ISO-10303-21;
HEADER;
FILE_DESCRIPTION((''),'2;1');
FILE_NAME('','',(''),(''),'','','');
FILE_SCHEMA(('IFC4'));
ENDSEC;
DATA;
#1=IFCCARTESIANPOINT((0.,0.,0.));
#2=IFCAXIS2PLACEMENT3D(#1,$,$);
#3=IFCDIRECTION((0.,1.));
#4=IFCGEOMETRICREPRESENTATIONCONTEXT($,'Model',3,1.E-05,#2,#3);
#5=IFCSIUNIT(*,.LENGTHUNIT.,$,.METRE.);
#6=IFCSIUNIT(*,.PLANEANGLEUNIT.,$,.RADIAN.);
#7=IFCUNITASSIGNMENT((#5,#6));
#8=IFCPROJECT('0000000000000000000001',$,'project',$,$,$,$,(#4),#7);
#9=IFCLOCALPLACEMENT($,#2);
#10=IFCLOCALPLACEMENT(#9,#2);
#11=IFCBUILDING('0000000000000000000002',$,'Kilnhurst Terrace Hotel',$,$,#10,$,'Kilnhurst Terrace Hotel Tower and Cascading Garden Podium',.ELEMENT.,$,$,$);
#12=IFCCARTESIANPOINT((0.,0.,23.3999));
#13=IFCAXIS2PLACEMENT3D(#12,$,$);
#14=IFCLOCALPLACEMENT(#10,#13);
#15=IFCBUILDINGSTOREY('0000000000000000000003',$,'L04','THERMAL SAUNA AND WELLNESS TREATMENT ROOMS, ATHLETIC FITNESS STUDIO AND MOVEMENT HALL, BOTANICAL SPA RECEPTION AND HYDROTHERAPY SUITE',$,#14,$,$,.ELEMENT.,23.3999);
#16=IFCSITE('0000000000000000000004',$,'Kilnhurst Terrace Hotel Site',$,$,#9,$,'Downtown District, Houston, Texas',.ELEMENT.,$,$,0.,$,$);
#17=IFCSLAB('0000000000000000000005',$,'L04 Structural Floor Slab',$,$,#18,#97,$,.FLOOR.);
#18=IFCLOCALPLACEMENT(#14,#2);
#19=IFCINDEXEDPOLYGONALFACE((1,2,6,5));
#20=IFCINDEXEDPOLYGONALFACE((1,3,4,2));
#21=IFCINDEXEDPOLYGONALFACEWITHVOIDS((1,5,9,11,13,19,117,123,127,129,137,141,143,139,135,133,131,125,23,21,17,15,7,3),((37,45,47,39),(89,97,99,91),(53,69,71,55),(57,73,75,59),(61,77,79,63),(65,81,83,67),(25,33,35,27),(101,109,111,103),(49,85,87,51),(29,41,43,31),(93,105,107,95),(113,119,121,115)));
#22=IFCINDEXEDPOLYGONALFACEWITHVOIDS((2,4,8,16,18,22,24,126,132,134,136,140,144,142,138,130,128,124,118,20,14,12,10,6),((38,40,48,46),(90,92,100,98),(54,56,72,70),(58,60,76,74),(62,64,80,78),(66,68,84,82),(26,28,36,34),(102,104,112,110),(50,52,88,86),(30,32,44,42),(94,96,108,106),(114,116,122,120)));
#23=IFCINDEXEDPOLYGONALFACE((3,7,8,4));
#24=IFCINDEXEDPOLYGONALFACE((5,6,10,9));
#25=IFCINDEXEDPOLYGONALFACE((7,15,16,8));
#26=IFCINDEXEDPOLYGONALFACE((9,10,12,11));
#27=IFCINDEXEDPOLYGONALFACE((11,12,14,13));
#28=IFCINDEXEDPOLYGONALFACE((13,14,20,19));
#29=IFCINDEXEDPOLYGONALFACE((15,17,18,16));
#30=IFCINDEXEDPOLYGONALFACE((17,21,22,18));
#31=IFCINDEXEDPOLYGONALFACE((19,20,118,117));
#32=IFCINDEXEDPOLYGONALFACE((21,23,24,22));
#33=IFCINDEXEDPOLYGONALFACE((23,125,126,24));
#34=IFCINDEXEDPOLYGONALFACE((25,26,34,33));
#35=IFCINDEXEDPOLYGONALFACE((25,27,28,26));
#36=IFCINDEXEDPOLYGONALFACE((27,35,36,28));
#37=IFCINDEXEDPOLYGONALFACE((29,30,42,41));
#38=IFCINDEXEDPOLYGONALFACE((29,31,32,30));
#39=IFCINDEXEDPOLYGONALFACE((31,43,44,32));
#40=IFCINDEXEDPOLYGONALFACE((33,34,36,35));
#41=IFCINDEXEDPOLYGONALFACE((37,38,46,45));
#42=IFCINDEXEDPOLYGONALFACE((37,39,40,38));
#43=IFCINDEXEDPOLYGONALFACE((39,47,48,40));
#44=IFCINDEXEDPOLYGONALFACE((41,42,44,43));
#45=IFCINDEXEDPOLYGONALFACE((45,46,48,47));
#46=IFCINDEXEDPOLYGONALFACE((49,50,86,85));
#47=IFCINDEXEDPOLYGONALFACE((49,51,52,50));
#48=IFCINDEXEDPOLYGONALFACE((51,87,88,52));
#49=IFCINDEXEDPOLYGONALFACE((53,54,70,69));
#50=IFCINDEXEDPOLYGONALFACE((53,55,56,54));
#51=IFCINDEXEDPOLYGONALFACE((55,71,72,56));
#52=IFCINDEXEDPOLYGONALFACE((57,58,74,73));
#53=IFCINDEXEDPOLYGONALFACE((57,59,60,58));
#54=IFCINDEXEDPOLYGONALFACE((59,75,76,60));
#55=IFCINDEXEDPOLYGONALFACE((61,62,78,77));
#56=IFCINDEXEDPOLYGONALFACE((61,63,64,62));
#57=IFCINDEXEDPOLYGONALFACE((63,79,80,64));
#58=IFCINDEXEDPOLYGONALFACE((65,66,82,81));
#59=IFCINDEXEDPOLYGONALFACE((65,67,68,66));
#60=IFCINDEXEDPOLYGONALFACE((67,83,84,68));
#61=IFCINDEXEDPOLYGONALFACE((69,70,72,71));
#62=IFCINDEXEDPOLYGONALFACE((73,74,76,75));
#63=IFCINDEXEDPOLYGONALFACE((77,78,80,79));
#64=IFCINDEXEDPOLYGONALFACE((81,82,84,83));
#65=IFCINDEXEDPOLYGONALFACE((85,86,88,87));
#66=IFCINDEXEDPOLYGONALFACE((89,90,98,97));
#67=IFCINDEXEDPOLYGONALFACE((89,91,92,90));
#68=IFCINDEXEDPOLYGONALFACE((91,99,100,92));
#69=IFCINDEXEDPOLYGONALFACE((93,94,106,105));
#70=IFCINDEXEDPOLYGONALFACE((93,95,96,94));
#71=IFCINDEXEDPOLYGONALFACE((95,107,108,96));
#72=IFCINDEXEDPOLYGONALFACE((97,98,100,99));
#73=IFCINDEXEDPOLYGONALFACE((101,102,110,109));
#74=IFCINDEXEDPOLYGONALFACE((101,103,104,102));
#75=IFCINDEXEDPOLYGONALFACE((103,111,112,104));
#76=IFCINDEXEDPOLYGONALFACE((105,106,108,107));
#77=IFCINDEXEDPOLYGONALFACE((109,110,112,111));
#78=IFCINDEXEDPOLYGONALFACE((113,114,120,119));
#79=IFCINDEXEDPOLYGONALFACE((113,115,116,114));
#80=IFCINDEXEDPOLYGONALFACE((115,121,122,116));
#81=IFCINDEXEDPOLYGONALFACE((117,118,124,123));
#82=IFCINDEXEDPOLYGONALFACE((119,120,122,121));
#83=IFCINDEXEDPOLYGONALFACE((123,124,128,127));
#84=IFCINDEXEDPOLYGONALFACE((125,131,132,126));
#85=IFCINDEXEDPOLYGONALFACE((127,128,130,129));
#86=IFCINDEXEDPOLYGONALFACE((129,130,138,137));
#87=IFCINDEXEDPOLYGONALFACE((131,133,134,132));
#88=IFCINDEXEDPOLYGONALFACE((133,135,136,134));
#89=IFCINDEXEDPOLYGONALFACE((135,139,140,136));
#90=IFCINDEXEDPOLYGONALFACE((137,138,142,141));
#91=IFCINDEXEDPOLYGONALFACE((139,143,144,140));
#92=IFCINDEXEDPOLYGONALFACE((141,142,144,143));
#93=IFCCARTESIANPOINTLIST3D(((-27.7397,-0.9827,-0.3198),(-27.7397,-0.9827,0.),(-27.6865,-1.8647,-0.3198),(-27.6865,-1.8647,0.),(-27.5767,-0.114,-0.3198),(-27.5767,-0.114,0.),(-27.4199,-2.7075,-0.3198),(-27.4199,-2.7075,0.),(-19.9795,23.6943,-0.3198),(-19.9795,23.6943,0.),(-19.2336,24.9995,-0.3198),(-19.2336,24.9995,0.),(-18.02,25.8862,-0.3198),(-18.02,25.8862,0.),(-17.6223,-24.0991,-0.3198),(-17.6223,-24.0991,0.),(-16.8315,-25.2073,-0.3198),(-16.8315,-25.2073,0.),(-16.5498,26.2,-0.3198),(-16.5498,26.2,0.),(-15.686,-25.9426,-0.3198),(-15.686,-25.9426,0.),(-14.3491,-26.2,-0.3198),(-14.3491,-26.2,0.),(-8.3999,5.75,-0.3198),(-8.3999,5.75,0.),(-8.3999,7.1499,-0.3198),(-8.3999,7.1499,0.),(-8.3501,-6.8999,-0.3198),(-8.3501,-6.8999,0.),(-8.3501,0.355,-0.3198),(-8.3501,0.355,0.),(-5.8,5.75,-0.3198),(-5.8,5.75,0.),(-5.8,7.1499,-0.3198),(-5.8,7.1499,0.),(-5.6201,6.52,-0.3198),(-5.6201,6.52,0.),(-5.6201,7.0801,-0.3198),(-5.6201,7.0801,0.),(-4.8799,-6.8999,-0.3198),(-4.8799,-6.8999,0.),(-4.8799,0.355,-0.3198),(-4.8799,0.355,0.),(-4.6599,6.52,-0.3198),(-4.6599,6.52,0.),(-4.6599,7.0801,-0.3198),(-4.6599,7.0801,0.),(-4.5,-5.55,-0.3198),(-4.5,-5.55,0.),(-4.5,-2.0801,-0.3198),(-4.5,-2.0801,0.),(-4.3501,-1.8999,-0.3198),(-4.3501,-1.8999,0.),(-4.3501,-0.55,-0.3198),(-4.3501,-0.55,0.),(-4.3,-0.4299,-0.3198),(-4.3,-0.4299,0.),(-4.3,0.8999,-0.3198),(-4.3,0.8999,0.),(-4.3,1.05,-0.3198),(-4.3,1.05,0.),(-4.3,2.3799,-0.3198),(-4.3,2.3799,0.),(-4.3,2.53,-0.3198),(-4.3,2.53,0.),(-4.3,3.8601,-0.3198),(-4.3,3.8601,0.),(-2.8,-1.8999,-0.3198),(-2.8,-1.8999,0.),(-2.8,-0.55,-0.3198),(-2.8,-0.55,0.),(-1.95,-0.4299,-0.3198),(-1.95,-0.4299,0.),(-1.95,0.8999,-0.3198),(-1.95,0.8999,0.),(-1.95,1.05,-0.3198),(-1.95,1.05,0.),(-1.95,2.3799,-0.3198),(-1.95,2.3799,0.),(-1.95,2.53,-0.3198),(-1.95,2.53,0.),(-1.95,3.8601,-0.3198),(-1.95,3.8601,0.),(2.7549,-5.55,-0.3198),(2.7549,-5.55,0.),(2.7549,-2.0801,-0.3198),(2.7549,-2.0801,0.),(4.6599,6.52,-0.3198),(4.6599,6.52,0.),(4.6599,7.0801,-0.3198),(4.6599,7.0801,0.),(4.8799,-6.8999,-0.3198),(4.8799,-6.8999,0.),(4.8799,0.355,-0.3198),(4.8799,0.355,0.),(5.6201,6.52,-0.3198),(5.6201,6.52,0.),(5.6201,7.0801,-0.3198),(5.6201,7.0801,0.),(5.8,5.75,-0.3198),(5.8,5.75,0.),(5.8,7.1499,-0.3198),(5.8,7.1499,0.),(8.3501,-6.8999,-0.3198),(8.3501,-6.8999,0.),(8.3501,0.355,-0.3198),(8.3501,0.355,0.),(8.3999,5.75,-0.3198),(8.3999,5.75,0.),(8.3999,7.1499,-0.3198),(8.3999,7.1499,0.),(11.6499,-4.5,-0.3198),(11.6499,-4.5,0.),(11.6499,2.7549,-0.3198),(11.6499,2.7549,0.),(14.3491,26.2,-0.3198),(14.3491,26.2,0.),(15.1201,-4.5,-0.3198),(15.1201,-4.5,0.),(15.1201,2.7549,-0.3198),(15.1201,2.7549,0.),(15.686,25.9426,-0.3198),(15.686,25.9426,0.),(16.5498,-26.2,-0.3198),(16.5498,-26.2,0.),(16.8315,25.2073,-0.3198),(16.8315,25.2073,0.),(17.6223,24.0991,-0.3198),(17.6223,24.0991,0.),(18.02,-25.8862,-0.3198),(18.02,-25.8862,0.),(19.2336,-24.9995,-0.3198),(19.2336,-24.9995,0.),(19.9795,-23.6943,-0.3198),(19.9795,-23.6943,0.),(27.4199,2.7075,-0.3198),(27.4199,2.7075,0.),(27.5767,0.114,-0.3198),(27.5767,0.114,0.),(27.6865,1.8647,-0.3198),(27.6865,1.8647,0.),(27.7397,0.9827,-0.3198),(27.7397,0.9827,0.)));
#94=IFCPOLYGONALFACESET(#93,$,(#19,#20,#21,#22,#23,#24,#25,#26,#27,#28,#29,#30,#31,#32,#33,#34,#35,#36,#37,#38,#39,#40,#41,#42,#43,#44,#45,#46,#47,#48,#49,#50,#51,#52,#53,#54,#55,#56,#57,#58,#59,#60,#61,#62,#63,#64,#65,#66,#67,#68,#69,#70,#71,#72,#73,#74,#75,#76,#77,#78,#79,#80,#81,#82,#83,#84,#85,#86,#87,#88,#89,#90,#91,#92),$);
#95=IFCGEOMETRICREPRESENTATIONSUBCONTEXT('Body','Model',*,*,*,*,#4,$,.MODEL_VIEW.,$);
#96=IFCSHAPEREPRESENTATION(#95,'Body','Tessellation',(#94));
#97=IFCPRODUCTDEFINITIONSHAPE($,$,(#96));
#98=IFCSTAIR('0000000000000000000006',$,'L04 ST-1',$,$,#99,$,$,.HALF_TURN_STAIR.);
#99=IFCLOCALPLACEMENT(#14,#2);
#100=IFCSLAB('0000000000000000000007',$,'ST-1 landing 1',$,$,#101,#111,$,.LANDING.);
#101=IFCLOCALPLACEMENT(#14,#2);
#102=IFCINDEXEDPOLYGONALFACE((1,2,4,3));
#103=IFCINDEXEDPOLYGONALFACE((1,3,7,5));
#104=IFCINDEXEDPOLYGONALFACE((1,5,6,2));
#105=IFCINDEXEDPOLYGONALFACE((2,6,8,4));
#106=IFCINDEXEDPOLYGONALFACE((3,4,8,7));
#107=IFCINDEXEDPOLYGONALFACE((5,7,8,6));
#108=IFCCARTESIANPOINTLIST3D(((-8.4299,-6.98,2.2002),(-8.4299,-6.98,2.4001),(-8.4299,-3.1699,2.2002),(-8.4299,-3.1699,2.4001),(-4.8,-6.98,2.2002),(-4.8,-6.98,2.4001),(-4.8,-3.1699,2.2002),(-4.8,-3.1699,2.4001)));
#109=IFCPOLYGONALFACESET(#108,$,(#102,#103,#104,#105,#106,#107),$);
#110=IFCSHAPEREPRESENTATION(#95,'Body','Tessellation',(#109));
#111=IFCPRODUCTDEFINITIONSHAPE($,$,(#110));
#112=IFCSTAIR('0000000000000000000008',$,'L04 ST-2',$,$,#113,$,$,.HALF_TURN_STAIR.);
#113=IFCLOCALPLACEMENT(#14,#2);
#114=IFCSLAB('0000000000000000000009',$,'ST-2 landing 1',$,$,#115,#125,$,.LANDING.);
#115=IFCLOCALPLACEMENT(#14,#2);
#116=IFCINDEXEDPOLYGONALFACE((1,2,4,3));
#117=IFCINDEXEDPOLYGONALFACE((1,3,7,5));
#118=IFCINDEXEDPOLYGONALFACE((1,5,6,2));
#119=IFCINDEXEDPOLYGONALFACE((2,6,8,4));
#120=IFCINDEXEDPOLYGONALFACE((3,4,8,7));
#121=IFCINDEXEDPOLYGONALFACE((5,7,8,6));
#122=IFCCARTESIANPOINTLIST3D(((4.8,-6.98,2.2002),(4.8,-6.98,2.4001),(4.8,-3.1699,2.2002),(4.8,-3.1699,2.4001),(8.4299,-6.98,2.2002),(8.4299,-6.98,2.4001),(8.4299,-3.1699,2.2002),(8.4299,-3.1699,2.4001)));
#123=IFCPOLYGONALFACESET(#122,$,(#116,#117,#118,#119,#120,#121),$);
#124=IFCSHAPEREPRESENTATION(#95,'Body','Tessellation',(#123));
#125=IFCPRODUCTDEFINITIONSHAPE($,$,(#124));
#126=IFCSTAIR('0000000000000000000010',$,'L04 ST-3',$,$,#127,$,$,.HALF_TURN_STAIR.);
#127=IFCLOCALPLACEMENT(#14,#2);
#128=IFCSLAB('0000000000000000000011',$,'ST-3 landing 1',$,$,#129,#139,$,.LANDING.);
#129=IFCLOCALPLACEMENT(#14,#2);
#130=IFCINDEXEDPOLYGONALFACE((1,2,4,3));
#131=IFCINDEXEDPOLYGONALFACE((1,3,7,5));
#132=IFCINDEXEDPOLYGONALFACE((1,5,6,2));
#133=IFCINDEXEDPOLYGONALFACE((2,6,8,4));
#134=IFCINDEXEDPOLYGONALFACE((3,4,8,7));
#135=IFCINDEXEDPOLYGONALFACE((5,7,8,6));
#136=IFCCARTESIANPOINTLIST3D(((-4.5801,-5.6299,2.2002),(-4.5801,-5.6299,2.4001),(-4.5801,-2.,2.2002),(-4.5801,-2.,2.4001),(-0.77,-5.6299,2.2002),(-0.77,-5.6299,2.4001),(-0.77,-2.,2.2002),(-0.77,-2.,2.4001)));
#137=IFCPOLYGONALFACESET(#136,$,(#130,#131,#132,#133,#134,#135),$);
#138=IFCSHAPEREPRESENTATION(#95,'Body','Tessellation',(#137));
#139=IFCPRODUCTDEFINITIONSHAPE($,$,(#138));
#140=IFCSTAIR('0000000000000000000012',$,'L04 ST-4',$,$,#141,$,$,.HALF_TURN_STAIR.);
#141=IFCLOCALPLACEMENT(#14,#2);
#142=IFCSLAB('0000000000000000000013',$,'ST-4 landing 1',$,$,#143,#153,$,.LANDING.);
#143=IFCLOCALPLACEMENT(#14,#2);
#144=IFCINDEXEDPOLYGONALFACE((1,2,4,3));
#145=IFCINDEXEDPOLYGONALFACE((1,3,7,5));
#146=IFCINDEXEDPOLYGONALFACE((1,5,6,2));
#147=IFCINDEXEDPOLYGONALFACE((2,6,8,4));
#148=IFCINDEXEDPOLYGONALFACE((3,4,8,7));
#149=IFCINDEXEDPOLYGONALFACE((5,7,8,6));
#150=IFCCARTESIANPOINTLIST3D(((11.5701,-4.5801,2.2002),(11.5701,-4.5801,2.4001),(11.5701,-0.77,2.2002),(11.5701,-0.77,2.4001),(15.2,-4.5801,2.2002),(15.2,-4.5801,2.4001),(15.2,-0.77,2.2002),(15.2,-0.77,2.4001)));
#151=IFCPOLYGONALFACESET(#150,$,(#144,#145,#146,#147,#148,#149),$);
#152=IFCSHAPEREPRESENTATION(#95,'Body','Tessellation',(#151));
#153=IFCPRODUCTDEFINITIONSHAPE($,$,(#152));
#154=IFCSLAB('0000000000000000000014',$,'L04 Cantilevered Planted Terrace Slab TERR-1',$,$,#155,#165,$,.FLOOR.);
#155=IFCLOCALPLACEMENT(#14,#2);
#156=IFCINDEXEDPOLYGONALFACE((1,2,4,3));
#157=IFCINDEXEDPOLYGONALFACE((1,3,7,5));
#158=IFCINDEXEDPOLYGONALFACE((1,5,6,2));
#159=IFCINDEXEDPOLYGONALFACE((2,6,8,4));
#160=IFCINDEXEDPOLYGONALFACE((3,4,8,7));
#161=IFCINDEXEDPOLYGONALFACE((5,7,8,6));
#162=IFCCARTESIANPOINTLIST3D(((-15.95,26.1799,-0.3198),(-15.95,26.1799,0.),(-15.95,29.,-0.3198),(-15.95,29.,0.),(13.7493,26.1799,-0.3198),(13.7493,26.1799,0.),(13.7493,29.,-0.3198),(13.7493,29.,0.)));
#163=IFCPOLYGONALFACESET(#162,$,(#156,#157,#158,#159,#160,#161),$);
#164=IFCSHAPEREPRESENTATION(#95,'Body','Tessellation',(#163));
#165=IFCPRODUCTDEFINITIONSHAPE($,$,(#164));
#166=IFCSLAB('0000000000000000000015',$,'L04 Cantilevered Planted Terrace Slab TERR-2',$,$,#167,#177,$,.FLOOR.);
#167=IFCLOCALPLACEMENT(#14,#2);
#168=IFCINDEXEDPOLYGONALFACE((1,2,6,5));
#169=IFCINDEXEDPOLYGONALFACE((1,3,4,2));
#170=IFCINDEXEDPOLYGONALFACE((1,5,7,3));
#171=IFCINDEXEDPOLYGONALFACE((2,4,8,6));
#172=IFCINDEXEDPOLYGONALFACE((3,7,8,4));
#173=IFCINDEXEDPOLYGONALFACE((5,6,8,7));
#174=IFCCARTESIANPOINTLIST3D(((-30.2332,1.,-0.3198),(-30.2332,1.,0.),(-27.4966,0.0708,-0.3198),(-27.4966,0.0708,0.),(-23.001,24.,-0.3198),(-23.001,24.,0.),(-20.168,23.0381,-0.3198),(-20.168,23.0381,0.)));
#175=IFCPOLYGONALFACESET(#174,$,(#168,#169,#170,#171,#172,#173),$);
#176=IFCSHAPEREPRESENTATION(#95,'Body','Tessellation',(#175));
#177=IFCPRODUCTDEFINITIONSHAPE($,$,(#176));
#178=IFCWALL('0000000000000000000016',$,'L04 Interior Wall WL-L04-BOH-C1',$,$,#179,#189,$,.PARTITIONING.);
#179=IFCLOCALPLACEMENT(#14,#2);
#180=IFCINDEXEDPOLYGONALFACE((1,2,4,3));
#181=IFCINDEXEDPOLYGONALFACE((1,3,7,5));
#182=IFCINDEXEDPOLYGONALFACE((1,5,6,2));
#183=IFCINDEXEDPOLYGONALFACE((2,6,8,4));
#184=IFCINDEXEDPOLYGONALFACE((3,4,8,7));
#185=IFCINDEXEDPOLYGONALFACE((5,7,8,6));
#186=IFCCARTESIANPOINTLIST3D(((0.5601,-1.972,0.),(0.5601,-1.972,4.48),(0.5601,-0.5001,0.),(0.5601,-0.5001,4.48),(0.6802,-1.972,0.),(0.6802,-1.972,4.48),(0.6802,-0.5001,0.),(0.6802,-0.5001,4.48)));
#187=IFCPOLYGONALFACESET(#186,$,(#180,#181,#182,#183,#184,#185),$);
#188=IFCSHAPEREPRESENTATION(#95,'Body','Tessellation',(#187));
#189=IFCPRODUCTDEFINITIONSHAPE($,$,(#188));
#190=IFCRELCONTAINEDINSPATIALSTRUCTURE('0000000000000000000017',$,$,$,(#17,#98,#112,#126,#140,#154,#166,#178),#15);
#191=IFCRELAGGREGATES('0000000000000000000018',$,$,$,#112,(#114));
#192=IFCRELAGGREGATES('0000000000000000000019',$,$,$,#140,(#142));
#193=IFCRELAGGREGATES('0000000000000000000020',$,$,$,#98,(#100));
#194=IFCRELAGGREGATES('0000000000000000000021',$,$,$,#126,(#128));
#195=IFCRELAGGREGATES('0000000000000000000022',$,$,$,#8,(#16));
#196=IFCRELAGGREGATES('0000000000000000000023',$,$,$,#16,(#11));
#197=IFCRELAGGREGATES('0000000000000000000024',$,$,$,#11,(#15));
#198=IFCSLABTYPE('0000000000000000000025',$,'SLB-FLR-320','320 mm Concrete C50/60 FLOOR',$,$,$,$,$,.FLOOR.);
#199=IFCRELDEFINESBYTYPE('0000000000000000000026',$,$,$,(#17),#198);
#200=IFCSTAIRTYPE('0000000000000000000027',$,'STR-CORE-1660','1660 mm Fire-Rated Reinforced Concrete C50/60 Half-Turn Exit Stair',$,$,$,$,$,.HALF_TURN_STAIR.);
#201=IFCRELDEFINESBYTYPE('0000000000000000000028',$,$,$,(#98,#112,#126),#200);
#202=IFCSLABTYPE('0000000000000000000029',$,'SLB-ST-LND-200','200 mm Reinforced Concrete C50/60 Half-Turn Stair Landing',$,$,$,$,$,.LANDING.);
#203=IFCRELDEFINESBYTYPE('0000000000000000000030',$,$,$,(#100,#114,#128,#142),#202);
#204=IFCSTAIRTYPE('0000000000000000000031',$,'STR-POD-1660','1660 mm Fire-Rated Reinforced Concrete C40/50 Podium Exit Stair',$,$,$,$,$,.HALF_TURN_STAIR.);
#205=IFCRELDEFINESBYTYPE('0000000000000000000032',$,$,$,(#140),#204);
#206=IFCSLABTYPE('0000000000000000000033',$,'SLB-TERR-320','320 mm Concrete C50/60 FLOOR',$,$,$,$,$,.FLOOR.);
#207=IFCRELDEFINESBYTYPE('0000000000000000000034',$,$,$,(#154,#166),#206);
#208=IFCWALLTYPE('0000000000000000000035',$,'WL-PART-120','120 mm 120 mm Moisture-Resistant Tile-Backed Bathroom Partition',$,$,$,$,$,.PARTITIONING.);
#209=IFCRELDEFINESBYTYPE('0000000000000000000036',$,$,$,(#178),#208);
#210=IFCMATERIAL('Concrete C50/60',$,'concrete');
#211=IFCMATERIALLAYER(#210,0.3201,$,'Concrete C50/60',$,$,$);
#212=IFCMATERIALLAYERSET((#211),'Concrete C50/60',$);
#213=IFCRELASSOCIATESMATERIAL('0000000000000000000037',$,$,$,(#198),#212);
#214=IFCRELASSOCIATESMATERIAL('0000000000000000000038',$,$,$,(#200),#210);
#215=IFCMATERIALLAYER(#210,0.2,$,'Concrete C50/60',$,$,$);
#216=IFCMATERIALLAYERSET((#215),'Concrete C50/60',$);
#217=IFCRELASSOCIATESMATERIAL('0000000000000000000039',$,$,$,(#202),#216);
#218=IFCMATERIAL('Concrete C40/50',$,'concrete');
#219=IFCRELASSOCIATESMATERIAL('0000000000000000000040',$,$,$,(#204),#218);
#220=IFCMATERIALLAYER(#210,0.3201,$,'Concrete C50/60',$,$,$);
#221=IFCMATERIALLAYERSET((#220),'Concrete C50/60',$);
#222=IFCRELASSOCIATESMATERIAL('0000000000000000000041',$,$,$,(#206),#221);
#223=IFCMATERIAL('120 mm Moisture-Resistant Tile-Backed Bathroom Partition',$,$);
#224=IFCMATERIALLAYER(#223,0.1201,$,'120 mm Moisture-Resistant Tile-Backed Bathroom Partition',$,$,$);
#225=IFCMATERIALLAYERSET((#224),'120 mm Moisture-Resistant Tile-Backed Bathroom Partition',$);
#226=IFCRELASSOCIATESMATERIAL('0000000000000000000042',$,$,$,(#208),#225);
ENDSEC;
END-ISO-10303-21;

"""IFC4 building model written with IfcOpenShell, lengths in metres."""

from ifc_helpers import new_model, si_unit, direction, frame, frame_2d, origin, place, context, subcontext, project, spatial, polyline, rectangle, outline, extrude, material, layer, layer_set, type_object, element, aggregate, save


model = new_model("IFC4")

# Units and contexts
model_context = context("Model", 3, precision=1e-05, world=origin(), true_north=direction((0.0, 1.0)))
body_context = subcontext(model_context, "Body", "Model", "MODEL_VIEW")
ifc_project = project(units=[si_unit("LENGTHUNIT", "METRE"), si_unit("PLANEANGLEUNIT", "RADIAN")], contexts=[model_context])

# Site, building, storey
site_placement = place(None, origin())
site = spatial("IfcSite", under=ifc_project, at=site_placement, Name="Kilnhurst Terrace Hotel Site", LongName="Downtown District, Houston, Texas", CompositionType="ELEMENT", RefElevation=0.0)
building_placement = place(site_placement, origin())
building = spatial("IfcBuilding", under=site, at=building_placement, Name="Kilnhurst Terrace Hotel", LongName="Kilnhurst Terrace Hotel Tower and Cascading Garden Podium", CompositionType="ELEMENT")
storey_placement = place(building_placement, frame((0.0, 0.0, 23.3999)))
storey = spatial("IfcBuildingStorey", under=building, at=storey_placement, Name="L04", Description="THERMAL SAUNA AND WELLNESS TREATMENT ROOMS, ATHLETIC FITNESS STUDIO AND MOVEMENT HALL, BOTANICAL SPA RECEPTION AND HYDROTHERAPY SUITE", CompositionType="ELEMENT", Elevation=23.3999)

# Slab
ifc_material_1 = material(Name="Concrete C50/60", Category="concrete")
ifc_layer_1 = layer(ifc_material_1, 0.3201, Name="Concrete C50/60")
ifc_layer_set_1 = layer_set([ifc_layer_1], Name="Concrete C50/60")
slab_type_1 = type_object("IfcSlabType", Name="SLB-FLR-320", Description="320 mm Concrete C50/60 FLOOR", PredefinedType="FLOOR", material=ifc_layer_set_1)
slab_1_placement = place(storey_placement, frame((0.0, 0.0, -0.3198)))
element("IfcSlab", 1, at=slab_1_placement, inside=storey, type_object=slab_type_1, Name="L04 Structural Floor Slab", PredefinedType="FLOOR", context=body_context, shape_type="SweptSolid", body=[
    extrude(outline(polyline([(-17.6223, -24.0991), (-16.8315, -25.2073), (-15.686, -25.9426), (-14.3491, -26.2), (16.5498, -26.2), (18.02, -25.8862), (19.2336, -24.9995), (19.9795, -23.6943), (27.5767, 0.114), (27.7397, 0.9827), (27.6865, 1.8647), (27.4199, 2.7075), (17.6223, 24.0991), (16.8315, 25.2073), (15.686, 25.9426), (14.3491, 26.2), (-16.5498, 26.2), (-18.02, 25.8862), (-19.2336, 24.9995), (-19.9795, 23.6943), (-27.5767, -0.114), (-27.7397, -0.9827), (-27.6865, -1.8647), (-27.4199, -2.7075), (-17.6223, -24.0991)]), holes=[polyline([(-8.3501, 0.355), (-4.8799, 0.355), (-4.8799, -6.8999), (-8.3501, -6.8999), (-8.3501, 0.355)]), polyline([(-4.3501, -1.8999), (-4.3501, -0.55), (-2.8, -0.55), (-2.8, -1.8999), (-4.3501, -1.8999)]), polyline([(-4.3, -0.4299), (-4.3, 0.8999), (-1.95, 0.8999), (-1.95, -0.4299), (-4.3, -0.4299)]), polyline([(-1.95, 1.05), (-4.3, 1.05), (-4.3, 2.3799), (-1.95, 2.3799), (-1.95, 1.05)]), polyline([(-8.3999, 5.75), (-8.3999, 7.1499), (-5.8, 7.1499), (-5.8, 5.75), (-8.3999, 5.75)]), polyline([(-5.6201, 6.52), (-5.6201, 7.0801), (-4.6599, 7.0801), (-4.6599, 6.52), (-5.6201, 6.52)]), polyline([(2.7549, -2.0801), (2.7549, -5.55), (-4.5, -5.55), (-4.5, -2.0801), (2.7549, -2.0801)]), polyline([(8.3501, 0.355), (8.3501, -6.8999), (4.8799, -6.8999), (4.8799, 0.355), (8.3501, 0.355)]), polyline([(15.1201, 2.7549), (15.1201, -4.5), (11.6499, -4.5), (11.6499, 2.7549), (15.1201, 2.7549)]), polyline([(-1.95, 2.53), (-4.3, 2.53), (-4.3, 3.8601), (-1.95, 3.8601), (-1.95, 2.53)]), polyline([(5.8, 5.75), (5.8, 7.1499), (8.3999, 7.1499), (8.3999, 5.75), (5.8, 5.75)]), polyline([(4.6599, 6.52), (4.6599, 7.0801), (5.6201, 7.0801), (5.6201, 6.52), (4.6599, 6.52)])]), origin(), (0.0, 0.0, 1.0), 0.3198),
])

# Stairs, slabs
stair_type_1 = type_object("IfcStairType", Name="STR-CORE-1660", Description="1660 mm Fire-Rated Reinforced Concrete C50/60 Half-Turn Exit Stair", PredefinedType="HALF_TURN_STAIR", material=ifc_material_1)
stair_1_placement = place(storey_placement, origin())
stair_1 = element("IfcStair", 2, at=stair_1_placement, inside=storey, type_object=stair_type_1, Name="L04 ST-1", PredefinedType="HALF_TURN_STAIR")
ifc_layer_2 = layer(ifc_material_1, 0.2, Name="Concrete C50/60")
ifc_layer_set_2 = layer_set([ifc_layer_2], Name="Concrete C50/60")
slab_type_2 = type_object("IfcSlabType", Name="SLB-ST-LND-200", Description="200 mm Reinforced Concrete C50/60 Half-Turn Stair Landing", PredefinedType="LANDING", material=ifc_layer_set_2)
slab_2_placement = place(storey_placement, frame((0.0, 0.0, 2.2002)))
slab_2 = element("IfcSlab", 3, at=slab_2_placement, type_object=slab_type_2, Name="ST-1 landing 1", PredefinedType="LANDING", context=body_context, shape_type="SweptSolid", body=[
    extrude(outline(polyline([(-8.4299, -3.1699), (-4.8, -3.1699), (-4.8, -6.98), (-8.4299, -6.98), (-8.4299, -3.1699)])), origin(), (0.0, 0.0, 1.0), 0.2),
])
stair_2_placement = place(storey_placement, origin())
stair_2 = element("IfcStair", 4, at=stair_2_placement, inside=storey, type_object=stair_type_1, Name="L04 ST-2", PredefinedType="HALF_TURN_STAIR")
slab_3_placement = place(storey_placement, frame((0.0, 0.0, 2.2002)))
slab_3 = element("IfcSlab", 5, at=slab_3_placement, type_object=slab_type_2, Name="ST-2 landing 1", PredefinedType="LANDING", context=body_context, shape_type="SweptSolid", body=[
    extrude(outline(polyline([(4.8, -3.1699), (8.4299, -3.1699), (8.4299, -6.98), (4.8, -6.98), (4.8, -3.1699)])), origin(), (0.0, 0.0, 1.0), 0.2),
])
aggregate(stair_2, [slab_3])
stair_3_placement = place(storey_placement, origin())
stair_3 = element("IfcStair", 6, at=stair_3_placement, inside=storey, type_object=stair_type_1, Name="L04 ST-3", PredefinedType="HALF_TURN_STAIR")
slab_4_placement = place(storey_placement, frame((0.0, 0.0, 2.2002)))
slab_4 = element("IfcSlab", 7, at=slab_4_placement, type_object=slab_type_2, Name="ST-3 landing 1", PredefinedType="LANDING", context=body_context, shape_type="SweptSolid", body=[
    extrude(outline(polyline([(-0.77, -2.0), (-0.77, -5.6299), (-4.5801, -5.6299), (-4.5801, -2.0), (-0.77, -2.0)])), origin(), (0.0, 0.0, 1.0), 0.2),
])
ifc_material_2 = material(Name="Concrete C40/50", Category="concrete")
stair_type_2 = type_object("IfcStairType", Name="STR-POD-1660", Description="1660 mm Fire-Rated Reinforced Concrete C40/50 Podium Exit Stair", PredefinedType="HALF_TURN_STAIR", material=ifc_material_2)
stair_4_placement = place(storey_placement, origin())
stair_4 = element("IfcStair", 8, at=stair_4_placement, inside=storey, type_object=stair_type_2, Name="L04 ST-4", PredefinedType="HALF_TURN_STAIR")
slab_5_placement = place(storey_placement, frame((0.0, 0.0, 2.2002)))
slab_5 = element("IfcSlab", 9, at=slab_5_placement, type_object=slab_type_2, Name="ST-4 landing 1", PredefinedType="LANDING", context=body_context, shape_type="SweptSolid", body=[
    extrude(outline(polyline([(11.5701, -0.77), (15.2, -0.77), (15.2, -4.5801), (11.5701, -4.5801), (11.5701, -0.77)])), origin(), (0.0, 0.0, 1.0), 0.2),
])
aggregate(stair_4, [slab_5])

# Slabs
ifc_layer_3 = layer(ifc_material_1, 0.3201, Name="Concrete C50/60")
ifc_layer_set_3 = layer_set([ifc_layer_3], Name="Concrete C50/60")
slab_type_3 = type_object("IfcSlabType", Name="SLB-TERR-320", Description="320 mm Concrete C50/60 FLOOR", PredefinedType="FLOOR", material=ifc_layer_set_3)
slab_6_placement = place(storey_placement, frame((0.0, 0.0, -0.3198)))
element("IfcSlab", 10, at=slab_6_placement, inside=storey, type_object=slab_type_3, Name="L04 Cantilevered Planted Terrace Slab TERR-1", PredefinedType="FLOOR", context=body_context, shape_type="SweptSolid", body=[
    extrude(outline(polyline([(13.7493, 29.0), (13.7493, 26.1799), (-15.95, 26.1799), (-15.95, 29.0), (13.7493, 29.0)])), origin(), (0.0, 0.0, 1.0), 0.3198),
])
slab_7_placement = place(storey_placement, frame((0.0, 0.0, -0.3198)))
element("IfcSlab", 11, at=slab_7_placement, inside=storey, type_object=slab_type_3, Name="L04 Cantilevered Planted Terrace Slab TERR-2", PredefinedType="FLOOR", context=body_context, shape_type="SweptSolid", body=[
    extrude(outline(polyline([(-20.168, 23.0381), (-27.4966, 0.0708), (-30.2332, 1.0), (-23.001, 24.0), (-20.168, 23.0381)])), origin(), (0.0, 0.0, 1.0), 0.3198),
])

# Wall
ifc_material_3 = material(Name="120 mm Moisture-Resistant Tile-Backed Bathroom Partition")
ifc_layer_4 = layer(ifc_material_3, 0.1201, Name="120 mm Moisture-Resistant Tile-Backed Bathroom Partition")
ifc_layer_set_4 = layer_set([ifc_layer_4], Name="120 mm Moisture-Resistant Tile-Backed Bathroom Partition")
wall_type_1 = type_object("IfcWallType", Name="WL-PART-120", Description="120 mm 120 mm Moisture-Resistant Tile-Backed Bathroom Partition", PredefinedType="PARTITIONING", material=ifc_layer_set_4)
wall_1_placement = place(storey_placement, frame((0.6201, -1.9719, 0.0), z_axis=(0.0, 0.0, 1.0), x_axis=(0.0, 1.0, 0.0)))
element("IfcWall", 12, at=wall_1_placement, inside=storey, type_object=wall_type_1, Name="L04 Interior Wall WL-L04-BOH-C1", PredefinedType="PARTITIONING", context=body_context, shape_type="SweptSolid", body=[
    extrude(rectangle(XDim=1.4719, YDim=0.1201, at=frame_2d((0.7358, 0.0))), origin(), (0.0, 0.0, 1.0), 4.48),
])

aggregate(stair_1, [slab_2])
aggregate(stair_3, [slab_4])

save(model, "model.ifc")
